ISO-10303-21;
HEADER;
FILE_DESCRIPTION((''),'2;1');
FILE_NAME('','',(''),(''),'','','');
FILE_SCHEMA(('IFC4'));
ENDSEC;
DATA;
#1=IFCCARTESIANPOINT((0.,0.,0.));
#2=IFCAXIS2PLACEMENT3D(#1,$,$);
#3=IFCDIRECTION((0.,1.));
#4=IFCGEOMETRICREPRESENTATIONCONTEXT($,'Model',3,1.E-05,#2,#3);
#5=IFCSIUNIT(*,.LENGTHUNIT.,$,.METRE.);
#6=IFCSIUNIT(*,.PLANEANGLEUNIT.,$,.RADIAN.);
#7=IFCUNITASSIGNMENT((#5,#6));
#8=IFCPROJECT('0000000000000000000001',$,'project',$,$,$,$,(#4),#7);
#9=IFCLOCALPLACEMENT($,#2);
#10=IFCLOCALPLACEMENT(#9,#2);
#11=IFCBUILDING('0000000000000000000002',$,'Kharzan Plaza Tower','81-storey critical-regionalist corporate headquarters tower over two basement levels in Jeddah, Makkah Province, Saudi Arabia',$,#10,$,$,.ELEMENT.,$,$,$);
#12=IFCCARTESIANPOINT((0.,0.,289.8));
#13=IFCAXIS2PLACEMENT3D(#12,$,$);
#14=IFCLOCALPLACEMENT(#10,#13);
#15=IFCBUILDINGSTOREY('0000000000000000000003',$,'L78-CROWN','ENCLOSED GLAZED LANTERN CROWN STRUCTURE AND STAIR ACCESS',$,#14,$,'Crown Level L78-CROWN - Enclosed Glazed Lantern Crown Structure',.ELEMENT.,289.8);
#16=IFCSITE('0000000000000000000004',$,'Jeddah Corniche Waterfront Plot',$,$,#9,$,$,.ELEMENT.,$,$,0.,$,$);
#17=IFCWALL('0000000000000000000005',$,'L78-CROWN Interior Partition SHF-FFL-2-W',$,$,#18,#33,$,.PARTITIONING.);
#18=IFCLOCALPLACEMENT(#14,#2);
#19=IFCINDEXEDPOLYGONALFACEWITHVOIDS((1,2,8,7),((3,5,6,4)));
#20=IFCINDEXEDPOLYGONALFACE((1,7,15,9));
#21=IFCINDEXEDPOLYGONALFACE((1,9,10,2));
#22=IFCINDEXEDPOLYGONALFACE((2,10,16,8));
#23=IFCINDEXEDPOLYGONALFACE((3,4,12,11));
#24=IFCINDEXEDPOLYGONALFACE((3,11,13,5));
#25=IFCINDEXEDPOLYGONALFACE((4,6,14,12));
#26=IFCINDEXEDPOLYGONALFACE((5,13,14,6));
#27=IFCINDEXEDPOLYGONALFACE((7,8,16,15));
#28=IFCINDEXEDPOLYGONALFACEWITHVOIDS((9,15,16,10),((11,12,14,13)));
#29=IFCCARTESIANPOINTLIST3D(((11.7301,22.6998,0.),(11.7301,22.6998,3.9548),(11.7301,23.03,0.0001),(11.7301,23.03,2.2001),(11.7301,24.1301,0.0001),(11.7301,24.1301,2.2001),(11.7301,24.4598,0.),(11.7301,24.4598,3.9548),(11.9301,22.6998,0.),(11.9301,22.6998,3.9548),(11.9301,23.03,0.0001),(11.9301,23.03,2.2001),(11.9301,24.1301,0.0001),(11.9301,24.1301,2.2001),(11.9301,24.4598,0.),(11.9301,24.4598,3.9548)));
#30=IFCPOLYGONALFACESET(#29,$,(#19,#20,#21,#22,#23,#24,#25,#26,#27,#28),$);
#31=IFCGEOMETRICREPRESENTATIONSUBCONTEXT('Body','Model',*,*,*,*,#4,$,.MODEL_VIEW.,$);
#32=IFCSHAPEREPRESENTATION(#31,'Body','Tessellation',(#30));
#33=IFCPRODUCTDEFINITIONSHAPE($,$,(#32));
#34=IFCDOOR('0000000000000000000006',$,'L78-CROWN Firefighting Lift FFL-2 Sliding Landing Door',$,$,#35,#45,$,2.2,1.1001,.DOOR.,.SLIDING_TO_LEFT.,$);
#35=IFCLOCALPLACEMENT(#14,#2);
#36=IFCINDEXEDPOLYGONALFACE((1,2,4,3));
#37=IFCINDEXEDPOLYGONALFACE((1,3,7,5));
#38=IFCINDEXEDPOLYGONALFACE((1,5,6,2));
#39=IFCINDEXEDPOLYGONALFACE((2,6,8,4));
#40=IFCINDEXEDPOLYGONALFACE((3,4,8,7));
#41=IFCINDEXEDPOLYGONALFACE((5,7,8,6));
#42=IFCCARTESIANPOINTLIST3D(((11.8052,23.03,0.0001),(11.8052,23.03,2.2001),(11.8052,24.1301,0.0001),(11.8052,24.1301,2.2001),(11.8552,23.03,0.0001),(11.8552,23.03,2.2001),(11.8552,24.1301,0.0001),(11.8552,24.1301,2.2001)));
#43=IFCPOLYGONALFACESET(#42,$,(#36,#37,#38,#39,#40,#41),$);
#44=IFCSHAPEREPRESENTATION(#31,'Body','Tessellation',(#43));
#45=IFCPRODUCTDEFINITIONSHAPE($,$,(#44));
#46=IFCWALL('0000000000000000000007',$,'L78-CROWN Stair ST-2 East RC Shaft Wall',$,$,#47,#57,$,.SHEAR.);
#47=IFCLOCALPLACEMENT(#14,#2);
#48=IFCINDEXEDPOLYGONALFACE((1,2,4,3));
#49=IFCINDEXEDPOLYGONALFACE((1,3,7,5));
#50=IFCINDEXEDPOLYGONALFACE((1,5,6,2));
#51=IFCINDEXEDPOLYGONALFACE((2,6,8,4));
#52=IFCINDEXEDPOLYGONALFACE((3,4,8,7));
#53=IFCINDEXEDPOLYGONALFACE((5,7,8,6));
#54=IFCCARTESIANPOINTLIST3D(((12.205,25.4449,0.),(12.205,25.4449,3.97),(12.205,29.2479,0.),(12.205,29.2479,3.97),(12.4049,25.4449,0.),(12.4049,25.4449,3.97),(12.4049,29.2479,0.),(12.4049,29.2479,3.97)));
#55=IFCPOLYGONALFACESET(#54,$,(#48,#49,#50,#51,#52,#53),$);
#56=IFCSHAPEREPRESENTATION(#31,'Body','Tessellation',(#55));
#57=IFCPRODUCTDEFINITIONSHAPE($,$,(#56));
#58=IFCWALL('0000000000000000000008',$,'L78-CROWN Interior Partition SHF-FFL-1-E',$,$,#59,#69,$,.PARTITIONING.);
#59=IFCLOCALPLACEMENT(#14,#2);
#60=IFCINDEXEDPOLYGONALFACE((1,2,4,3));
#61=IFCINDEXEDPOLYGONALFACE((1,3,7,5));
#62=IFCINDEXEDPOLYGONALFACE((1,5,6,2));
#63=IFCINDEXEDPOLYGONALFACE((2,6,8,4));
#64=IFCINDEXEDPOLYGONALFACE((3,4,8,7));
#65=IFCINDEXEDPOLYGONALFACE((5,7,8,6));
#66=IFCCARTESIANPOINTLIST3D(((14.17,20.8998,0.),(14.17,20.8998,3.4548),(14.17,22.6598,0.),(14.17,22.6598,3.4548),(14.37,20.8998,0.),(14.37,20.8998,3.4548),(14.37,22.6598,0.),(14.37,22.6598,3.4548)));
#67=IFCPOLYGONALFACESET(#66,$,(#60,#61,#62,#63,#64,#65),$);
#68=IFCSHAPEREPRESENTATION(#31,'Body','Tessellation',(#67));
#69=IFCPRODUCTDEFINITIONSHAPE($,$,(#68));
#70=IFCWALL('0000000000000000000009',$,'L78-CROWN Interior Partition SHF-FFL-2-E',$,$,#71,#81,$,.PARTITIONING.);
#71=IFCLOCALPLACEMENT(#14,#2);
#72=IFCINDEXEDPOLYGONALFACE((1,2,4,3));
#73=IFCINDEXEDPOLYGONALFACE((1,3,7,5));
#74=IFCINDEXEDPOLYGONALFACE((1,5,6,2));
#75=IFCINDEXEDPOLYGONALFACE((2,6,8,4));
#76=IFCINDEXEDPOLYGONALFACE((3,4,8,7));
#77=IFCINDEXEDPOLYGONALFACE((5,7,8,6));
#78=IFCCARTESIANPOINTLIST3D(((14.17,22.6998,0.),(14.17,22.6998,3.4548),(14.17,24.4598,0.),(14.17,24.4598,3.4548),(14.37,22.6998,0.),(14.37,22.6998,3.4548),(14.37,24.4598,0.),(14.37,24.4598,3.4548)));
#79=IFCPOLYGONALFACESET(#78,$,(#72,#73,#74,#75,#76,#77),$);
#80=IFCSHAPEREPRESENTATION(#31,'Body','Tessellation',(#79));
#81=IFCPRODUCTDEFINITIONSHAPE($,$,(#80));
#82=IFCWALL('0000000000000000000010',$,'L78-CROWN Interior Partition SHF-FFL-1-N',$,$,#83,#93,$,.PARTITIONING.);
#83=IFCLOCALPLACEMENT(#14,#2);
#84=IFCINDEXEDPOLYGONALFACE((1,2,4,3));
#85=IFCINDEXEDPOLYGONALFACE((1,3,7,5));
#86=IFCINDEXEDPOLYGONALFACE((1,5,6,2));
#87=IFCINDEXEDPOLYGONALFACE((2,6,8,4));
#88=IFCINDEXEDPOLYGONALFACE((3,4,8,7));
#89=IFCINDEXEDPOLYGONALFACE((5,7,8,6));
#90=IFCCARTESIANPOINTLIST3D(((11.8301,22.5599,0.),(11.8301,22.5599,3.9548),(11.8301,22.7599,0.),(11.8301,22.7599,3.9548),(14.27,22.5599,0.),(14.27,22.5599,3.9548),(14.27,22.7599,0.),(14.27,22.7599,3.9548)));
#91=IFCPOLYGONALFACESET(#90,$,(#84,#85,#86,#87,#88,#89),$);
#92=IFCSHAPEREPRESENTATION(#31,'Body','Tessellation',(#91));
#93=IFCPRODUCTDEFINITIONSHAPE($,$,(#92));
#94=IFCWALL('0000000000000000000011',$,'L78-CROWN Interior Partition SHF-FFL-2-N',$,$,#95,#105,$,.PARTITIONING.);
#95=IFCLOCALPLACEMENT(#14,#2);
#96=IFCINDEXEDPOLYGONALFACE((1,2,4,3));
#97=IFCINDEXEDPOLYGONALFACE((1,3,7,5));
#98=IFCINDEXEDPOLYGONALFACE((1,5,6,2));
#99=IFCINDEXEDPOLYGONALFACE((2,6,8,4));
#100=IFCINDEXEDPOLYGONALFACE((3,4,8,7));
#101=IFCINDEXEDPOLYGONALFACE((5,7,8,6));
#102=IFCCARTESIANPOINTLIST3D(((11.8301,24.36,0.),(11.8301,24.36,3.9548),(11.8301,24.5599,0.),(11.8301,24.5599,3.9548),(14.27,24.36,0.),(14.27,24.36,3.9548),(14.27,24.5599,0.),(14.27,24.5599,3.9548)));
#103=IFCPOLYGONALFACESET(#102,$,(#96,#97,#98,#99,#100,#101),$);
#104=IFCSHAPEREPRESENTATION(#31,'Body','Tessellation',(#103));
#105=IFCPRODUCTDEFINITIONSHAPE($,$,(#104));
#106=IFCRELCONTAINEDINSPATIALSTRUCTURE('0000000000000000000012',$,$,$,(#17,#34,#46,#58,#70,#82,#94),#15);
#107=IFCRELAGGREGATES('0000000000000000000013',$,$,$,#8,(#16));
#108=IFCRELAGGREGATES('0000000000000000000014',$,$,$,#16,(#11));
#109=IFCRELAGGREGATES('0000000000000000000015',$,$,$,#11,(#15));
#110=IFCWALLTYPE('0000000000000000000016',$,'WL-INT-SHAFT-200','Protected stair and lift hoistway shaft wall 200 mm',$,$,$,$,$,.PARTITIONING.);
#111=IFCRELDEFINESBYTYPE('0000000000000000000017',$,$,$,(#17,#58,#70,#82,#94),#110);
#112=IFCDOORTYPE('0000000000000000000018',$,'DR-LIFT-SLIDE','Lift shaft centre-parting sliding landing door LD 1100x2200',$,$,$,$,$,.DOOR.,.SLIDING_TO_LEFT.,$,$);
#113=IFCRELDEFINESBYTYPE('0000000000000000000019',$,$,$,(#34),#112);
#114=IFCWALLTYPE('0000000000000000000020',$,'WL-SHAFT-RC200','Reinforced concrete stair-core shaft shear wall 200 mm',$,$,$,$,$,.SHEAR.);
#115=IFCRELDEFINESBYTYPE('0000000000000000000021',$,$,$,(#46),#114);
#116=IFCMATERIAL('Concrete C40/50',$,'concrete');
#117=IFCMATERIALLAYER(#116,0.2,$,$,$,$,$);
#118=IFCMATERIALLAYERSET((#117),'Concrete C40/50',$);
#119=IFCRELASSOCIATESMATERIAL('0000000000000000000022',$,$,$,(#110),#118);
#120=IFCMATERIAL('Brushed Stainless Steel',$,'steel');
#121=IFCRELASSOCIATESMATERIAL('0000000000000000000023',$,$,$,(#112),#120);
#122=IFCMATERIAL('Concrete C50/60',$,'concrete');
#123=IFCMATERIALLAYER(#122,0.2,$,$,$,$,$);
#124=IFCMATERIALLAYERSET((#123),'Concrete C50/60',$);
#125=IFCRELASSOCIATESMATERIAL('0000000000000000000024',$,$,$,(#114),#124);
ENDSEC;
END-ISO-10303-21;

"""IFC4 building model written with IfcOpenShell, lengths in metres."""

from ifc_helpers import new_model, si_unit, direction, frame, frame_2d, origin, place, context, subcontext, project, spatial, rectangle, extrude, source, transform, mapped, material, layer, layer_set, type_object, element, fill, save


model = new_model("IFC4")

# Units and contexts
model_context = context("Model", 3, precision=1e-05, world=origin(), true_north=direction((0.0, 1.0)))
body_context = subcontext(model_context, "Body", "Model", "MODEL_VIEW")
ifc_project = project(units=[si_unit("LENGTHUNIT", "METRE"), si_unit("PLANEANGLEUNIT", "RADIAN")], contexts=[model_context])

# Site, building, storey
site_placement = place(None, origin())
site = spatial("IfcSite", under=ifc_project, at=site_placement, Name="Jeddah Corniche Waterfront Plot", CompositionType="ELEMENT", RefElevation=0.0)
building_placement = place(site_placement, origin())
building = spatial("IfcBuilding", under=site, at=building_placement, Name="Kharzan Plaza Tower", Description="81-storey critical-regionalist corporate headquarters tower over two basement levels in Jeddah, Makkah Province, Saudi Arabia", CompositionType="ELEMENT")
storey_placement = place(building_placement, frame((0.0, 0.0, 289.8)))
storey = spatial("IfcBuildingStorey", under=building, at=storey_placement, Name="L78-CROWN", Description="ENCLOSED GLAZED LANTERN CROWN STRUCTURE AND STAIR ACCESS", LongName="Crown Level L78-CROWN - Enclosed Glazed Lantern Crown Structure", CompositionType="ELEMENT", Elevation=289.8)

# Wall, opening, door
ifc_material_1 = material(Name="Concrete C40/50", Category="concrete")
ifc_layer_1 = layer(ifc_material_1, 0.2)
ifc_layer_set_1 = layer_set([ifc_layer_1], Name="Concrete C40/50")
wall_type_1 = type_object("IfcWallType", Name="WL-INT-SHAFT-200", Description="Protected stair and lift hoistway shaft wall 200 mm", PredefinedType="PARTITIONING", material=ifc_layer_set_1)
wall_1_placement = place(storey_placement, frame((11.8301, 22.7, 0.0), z_axis=(0.0, 0.0, 1.0), x_axis=(0.0, 1.0, 0.0)))
wall_1 = element("IfcWall", 1, at=wall_1_placement, inside=storey, type_object=wall_type_1, Name="L78-CROWN Interior Partition SHF-FFL-2-W", PredefinedType="PARTITIONING", context=body_context, shape_type="SweptSolid", body=[
    extrude(rectangle(XDim=1.76, YDim=0.2, at=frame_2d((0.8799, 0.0))), origin(), (0.0, 0.0, 1.0), 3.9548),
])
opening_placement = place(wall_1_placement, frame((0.3301, 0.0, 0.0)))
opening = element("IfcOpeningElement", 2, at=opening_placement, cuts=wall_1, PredefinedType="OPENING", context=body_context, shape_type="SweptSolid", body=[
    extrude(rectangle(XDim=1.1001, YDim=2.2, at=frame_2d((0.55, 1.1001))), frame((0.0, 0.1099, 0.0), z_axis=(0.0, -1.0, 0.0), x_axis=(1.0, 0.0, 0.0)), (0.0, 0.0, 1.0), 0.22),
])
ifc_material_2 = material(Name="Brushed Stainless Steel", Category="steel")
door_type = type_object("IfcDoorType", Name="DR-LIFT-SLIDE", Description="Lift shaft centre-parting sliding landing door LD 1100x2200", OperationType="SLIDING_TO_LEFT", PredefinedType="DOOR", material=ifc_material_2)
shared_shape_1 = source(origin(), body_context, "Body", "SweptSolid", [
    extrude(rectangle(XDim=1.1001, YDim=2.2, at=frame_2d((0.55, 1.1001))), frame((0.0, 0.0249, 0.0), z_axis=(0.0, -1.0, 0.0), x_axis=(1.0, 0.0, 0.0)), (0.0, 0.0, 1.0), 0.05),
])
door_placement = place(opening_placement, origin())
door = element("IfcDoor", 3, at=door_placement, inside=storey, type_object=door_type, Name="L78-CROWN Firefighting Lift FFL-2 Sliding Landing Door", OperationType="SLIDING_TO_LEFT", OverallHeight=2.2, OverallWidth=1.1001, PredefinedType="DOOR", context=body_context, shape_type="MappedRepresentation", body=[
    mapped(shared_shape_1, transform((0.0, 0.0, 0.0), x_axis=(1.0, 0.0, 0.0), y_axis=(0.0, 1.0, 0.0), z_axis=(0.0, 0.0, 1.0))),
])
fill(opening, door)

# Walls
ifc_material_3 = material(Name="Concrete C50/60", Category="concrete")
ifc_layer_2 = layer(ifc_material_3, 0.2)
ifc_layer_set_2 = layer_set([ifc_layer_2], Name="Concrete C50/60")
wall_type_2 = type_object("IfcWallType", Name="WL-SHAFT-RC200", Description="Reinforced concrete stair-core shaft shear wall 200 mm", PredefinedType="SHEAR", material=ifc_layer_set_2)
shared_shape_2 = source(origin(), body_context, "Body", "SweptSolid", [
    extrude(rectangle(XDim=3.803, YDim=0.2, at=frame_2d((1.9014, 0.0))), origin(), (0.0, 0.0, 1.0), 3.97),
])
wall_2_placement = place(storey_placement, frame((12.3049, 25.4451, 0.0), z_axis=(0.0, 0.0, 1.0), x_axis=(0.0, 1.0, 0.0)))
element("IfcWall", 4, at=wall_2_placement, inside=storey, type_object=wall_type_2, Name="L78-CROWN Stair ST-2 East RC Shaft Wall", PredefinedType="SHEAR", context=body_context, shape_type="MappedRepresentation", body=[
    mapped(shared_shape_2, transform((0.0, 0.0, 0.0), x_axis=(1.0, 0.0, 0.0), y_axis=(0.0, 1.0, 0.0), z_axis=(0.0, 0.0, 1.0))),
])
shared_shape_3 = source(origin(), body_context, "Body", "SweptSolid", [
    extrude(rectangle(XDim=1.76, YDim=0.2, at=frame_2d((0.8799, 0.0))), origin(), (0.0, 0.0, 1.0), 3.4548),
])
for number, where, z_axis, x_axis, name in (
    (5, (14.27, 20.8999, 0.0), (0.0, 0.0, 1.0), (0.0, 1.0, 0.0), "L78-CROWN Interior Partition SHF-FFL-1-E"),
    (6, (14.27, 22.7, 0.0), (0.0, 0.0, 1.0), (0.0, 1.0, 0.0), "L78-CROWN Interior Partition SHF-FFL-2-E"),
):
    element("IfcWall", number, at=place(storey_placement, frame(where, z_axis=z_axis, x_axis=x_axis)), inside=storey, type_object=wall_type_1, Name=name, PredefinedType="PARTITIONING", context=body_context, shape_type="MappedRepresentation", body=[
        mapped(shared_shape_3, transform((0.0, 0.0, 0.0), x_axis=(1.0, 0.0, 0.0), y_axis=(0.0, 1.0, 0.0), z_axis=(0.0, 0.0, 1.0))),
    ])
shared_shape_4 = source(origin(), body_context, "Body", "SweptSolid", [
    extrude(rectangle(XDim=2.4399, YDim=0.2, at=frame_2d((1.22, 0.0))), origin(), (0.0, 0.0, 1.0), 3.9548),
])
for number, where, z_axis, x_axis, name in (
    (7, (11.8301, 22.6599, 0.0), (0.0, 0.0, 1.0), (1.0, 0.0, 0.0), "L78-CROWN Interior Partition SHF-FFL-1-N"),
    (8, (11.8301, 24.46, 0.0), (0.0, 0.0, 1.0), (1.0, 0.0, 0.0), "L78-CROWN Interior Partition SHF-FFL-2-N"),
):
    element("IfcWall", number, at=place(storey_placement, frame(where, z_axis=z_axis, x_axis=x_axis)), inside=storey, type_object=wall_type_1, Name=name, PredefinedType="PARTITIONING", context=body_context, shape_type="MappedRepresentation", body=[
        mapped(shared_shape_4, transform((0.0, 0.0, 0.0), x_axis=(1.0, 0.0, 0.0), y_axis=(0.0, 1.0, 0.0), z_axis=(0.0, 0.0, 1.0))),
    ])

save(model, "model.ifc")
